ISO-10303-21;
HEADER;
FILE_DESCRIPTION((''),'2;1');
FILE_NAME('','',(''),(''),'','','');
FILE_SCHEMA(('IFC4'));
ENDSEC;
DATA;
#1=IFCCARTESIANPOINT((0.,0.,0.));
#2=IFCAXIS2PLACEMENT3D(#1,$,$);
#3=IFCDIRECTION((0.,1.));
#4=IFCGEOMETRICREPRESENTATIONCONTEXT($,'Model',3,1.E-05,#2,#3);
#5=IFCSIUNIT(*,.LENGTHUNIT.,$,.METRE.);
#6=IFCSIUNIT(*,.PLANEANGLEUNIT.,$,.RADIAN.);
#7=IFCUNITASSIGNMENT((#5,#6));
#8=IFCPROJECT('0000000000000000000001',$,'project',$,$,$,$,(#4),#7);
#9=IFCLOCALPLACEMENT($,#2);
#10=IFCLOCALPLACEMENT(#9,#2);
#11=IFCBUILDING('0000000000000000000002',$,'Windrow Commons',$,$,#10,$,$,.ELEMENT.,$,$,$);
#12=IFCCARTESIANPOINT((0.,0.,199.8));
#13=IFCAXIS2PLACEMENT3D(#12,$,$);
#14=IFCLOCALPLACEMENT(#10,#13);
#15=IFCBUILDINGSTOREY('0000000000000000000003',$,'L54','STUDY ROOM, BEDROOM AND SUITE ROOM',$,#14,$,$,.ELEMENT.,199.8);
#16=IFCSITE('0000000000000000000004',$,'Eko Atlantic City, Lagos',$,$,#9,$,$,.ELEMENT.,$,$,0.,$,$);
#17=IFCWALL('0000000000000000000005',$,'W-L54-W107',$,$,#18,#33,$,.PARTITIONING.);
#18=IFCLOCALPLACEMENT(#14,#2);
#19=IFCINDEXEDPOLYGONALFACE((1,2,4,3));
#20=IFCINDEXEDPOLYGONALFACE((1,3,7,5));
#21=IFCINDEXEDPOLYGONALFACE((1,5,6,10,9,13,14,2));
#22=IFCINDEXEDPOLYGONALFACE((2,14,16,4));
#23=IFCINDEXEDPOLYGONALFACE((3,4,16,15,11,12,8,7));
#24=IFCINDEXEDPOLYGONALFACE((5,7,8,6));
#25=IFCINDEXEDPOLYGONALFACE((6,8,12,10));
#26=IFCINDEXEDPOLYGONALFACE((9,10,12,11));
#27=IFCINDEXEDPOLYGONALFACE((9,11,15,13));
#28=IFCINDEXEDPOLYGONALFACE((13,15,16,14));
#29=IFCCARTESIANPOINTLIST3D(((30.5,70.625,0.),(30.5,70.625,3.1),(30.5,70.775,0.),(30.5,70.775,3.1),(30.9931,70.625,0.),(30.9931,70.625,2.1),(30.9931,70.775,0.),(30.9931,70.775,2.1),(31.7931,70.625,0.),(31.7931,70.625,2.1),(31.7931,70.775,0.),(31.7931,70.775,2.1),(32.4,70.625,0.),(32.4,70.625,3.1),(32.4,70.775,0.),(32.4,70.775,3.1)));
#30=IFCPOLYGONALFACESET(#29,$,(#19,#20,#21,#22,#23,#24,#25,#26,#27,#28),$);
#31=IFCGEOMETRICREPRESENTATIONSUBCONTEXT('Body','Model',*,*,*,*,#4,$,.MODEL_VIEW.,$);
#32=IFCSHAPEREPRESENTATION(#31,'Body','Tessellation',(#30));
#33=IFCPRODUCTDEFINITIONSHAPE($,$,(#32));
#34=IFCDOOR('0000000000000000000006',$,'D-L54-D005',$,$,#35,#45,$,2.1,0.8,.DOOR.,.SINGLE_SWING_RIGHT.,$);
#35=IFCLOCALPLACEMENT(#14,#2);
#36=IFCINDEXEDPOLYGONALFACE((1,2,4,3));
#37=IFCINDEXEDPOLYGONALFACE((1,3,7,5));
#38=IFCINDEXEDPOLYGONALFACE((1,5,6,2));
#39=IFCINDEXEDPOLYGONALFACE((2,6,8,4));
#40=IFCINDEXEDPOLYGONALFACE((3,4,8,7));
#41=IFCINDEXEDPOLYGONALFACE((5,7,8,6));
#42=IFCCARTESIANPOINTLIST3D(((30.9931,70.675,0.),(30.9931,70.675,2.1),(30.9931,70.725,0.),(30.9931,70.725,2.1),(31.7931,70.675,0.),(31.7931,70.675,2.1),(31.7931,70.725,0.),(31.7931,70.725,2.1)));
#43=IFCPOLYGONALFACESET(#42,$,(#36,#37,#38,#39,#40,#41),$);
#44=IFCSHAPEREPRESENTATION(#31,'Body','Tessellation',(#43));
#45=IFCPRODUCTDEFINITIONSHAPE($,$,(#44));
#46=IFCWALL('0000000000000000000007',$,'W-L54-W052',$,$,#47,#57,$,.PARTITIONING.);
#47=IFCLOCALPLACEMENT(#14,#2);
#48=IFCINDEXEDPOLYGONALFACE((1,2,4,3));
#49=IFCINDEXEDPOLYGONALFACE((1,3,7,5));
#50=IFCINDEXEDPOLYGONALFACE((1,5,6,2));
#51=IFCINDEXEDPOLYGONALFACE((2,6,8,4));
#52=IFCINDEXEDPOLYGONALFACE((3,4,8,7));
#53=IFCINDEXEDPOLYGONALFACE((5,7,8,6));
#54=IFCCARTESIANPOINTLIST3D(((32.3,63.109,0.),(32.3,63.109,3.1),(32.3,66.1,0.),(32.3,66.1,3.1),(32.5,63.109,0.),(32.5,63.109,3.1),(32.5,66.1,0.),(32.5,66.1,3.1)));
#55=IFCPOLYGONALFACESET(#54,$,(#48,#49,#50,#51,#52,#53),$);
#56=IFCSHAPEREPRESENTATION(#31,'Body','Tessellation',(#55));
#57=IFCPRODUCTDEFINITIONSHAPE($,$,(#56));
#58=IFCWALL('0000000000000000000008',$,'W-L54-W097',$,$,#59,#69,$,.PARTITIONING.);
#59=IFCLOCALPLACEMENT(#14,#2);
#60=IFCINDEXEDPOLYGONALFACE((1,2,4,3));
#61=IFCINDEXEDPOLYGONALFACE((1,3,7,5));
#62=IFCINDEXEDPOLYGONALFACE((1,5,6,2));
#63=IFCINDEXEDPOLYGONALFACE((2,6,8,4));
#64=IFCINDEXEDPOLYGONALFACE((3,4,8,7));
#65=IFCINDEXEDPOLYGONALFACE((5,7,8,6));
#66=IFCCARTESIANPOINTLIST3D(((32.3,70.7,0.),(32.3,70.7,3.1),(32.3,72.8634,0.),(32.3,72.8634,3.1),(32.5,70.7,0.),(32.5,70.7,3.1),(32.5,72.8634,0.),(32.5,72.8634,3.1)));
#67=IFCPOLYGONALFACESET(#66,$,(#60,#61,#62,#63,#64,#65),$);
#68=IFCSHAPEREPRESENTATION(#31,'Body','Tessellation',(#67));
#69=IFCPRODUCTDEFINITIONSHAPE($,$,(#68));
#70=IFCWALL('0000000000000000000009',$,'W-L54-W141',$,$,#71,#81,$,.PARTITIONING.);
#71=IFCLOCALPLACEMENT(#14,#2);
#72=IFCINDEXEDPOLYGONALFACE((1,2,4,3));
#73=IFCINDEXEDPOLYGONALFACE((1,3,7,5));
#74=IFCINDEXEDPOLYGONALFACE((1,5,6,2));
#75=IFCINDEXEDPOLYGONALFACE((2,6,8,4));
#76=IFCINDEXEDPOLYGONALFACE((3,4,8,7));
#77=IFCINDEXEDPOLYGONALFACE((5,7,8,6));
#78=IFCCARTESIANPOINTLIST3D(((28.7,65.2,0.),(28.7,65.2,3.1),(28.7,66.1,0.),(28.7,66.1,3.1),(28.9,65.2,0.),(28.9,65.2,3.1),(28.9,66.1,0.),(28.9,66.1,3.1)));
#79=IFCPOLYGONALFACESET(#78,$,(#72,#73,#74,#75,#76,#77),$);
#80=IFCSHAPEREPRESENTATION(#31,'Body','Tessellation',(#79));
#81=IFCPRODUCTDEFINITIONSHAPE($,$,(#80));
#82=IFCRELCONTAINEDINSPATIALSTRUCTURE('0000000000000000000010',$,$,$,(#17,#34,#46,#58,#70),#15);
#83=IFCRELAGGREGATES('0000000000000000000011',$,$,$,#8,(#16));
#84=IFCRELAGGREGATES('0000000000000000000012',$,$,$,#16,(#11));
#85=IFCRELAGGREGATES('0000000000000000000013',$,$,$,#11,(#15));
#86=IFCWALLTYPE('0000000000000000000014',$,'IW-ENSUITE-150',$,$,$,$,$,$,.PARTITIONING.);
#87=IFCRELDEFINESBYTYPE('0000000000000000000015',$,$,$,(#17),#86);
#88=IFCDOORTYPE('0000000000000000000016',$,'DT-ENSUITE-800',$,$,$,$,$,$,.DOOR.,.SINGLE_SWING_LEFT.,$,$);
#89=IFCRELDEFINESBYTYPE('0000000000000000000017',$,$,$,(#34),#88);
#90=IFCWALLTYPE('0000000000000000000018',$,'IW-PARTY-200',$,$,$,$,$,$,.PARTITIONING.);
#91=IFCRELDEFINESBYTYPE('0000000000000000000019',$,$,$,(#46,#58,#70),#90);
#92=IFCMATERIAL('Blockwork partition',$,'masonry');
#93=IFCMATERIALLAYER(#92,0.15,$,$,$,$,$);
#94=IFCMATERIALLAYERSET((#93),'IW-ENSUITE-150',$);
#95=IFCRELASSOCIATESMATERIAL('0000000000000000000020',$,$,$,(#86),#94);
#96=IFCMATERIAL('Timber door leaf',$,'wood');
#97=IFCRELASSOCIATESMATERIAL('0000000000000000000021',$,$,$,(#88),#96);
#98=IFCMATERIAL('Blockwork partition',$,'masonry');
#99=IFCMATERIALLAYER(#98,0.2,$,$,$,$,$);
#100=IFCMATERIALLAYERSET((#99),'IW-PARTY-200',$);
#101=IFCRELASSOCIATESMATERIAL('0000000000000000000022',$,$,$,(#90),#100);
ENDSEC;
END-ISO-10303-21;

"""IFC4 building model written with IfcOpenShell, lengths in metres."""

from ifc_helpers import new_model, si_unit, direction, frame, frame_2d, origin, place, context, subcontext, project, spatial, rectangle, extrude, material, layer, layer_set, type_object, element, fill, save


model = new_model("IFC4")

# Units and contexts
model_context = context("Model", 3, precision=1e-05, world=origin(), true_north=direction((0.0, 1.0)))
body_context = subcontext(model_context, "Body", "Model", "MODEL_VIEW")
ifc_project = project(units=[si_unit("LENGTHUNIT", "METRE"), si_unit("PLANEANGLEUNIT", "RADIAN")], contexts=[model_context])

# Site, building, storey
site_placement = place(None, origin())
site = spatial("IfcSite", under=ifc_project, at=site_placement, Name="Eko Atlantic City, Lagos", CompositionType="ELEMENT", RefElevation=0.0)
building_placement = place(site_placement, origin())
building = spatial("IfcBuilding", under=site, at=building_placement, Name="Windrow Commons", CompositionType="ELEMENT")
storey_placement = place(building_placement, frame((0.0, 0.0, 199.8)))
storey = spatial("IfcBuildingStorey", under=building, at=storey_placement, Name="L54", Description="STUDY ROOM, BEDROOM AND SUITE ROOM", CompositionType="ELEMENT", Elevation=199.8)

# Shared definitions
ifc_material_1 = material(Name="Blockwork partition", Category="masonry")
ifc_layer_1 = layer(ifc_material_1, 0.15)
ifc_layer_set_1 = layer_set([ifc_layer_1], Name="IW-ENSUITE-150")
wall_type_1 = type_object("IfcWallType", Name="IW-ENSUITE-150", PredefinedType="PARTITIONING", material=ifc_layer_set_1)

# Wall, opening, door
wall_1_placement = place(storey_placement, frame((30.5, 70.7, 0.0), z_axis=(0.0, 0.0, 1.0), x_axis=(1.0, 0.0, 0.0)))
wall_1 = element("IfcWall", 1, at=wall_1_placement, inside=storey, type_object=wall_type_1, Name="W-L54-W107", PredefinedType="PARTITIONING", context=body_context, shape_type="SweptSolid", body=[
    extrude(rectangle(XDim=1.9, YDim=0.15, at=frame_2d((0.95, 0.0))), origin(), (0.0, 0.0, 1.0), 3.1),
])
opening_1_placement = place(wall_1_placement, frame((0.4931, 0.0, 0.0)))
opening_1 = element("IfcOpeningElement", 2, at=opening_1_placement, cuts=wall_1, PredefinedType="OPENING", context=body_context, shape_type="SweptSolid", body=[
    extrude(rectangle(XDim=0.8, YDim=2.1, at=frame_2d((0.4, 1.05))), frame((0.0, 0.085, 0.0), z_axis=(0.0, -1.0, 0.0), x_axis=(1.0, 0.0, 0.0)), (0.0, 0.0, 1.0), 0.17),
])
ifc_material_2 = material(Name="Timber door leaf", Category="wood")
door_type = type_object("IfcDoorType", Name="DT-ENSUITE-800", OperationType="SINGLE_SWING_LEFT", PredefinedType="DOOR", material=ifc_material_2)
door_placement = place(opening_1_placement, origin())
door = element("IfcDoor", 3, at=door_placement, inside=storey, type_object=door_type, Name="D-L54-D005", OperationType="SINGLE_SWING_RIGHT", OverallHeight=2.1, OverallWidth=0.8, PredefinedType="DOOR", context=body_context, shape_type="SweptSolid", body=[
    extrude(rectangle(XDim=0.8, YDim=2.1, at=frame_2d((0.4, 1.05))), frame((0.0, 0.025, 0.0), z_axis=(0.0, -1.0, 0.0), x_axis=(1.0, 0.0, 0.0)), (0.0, 0.0, 1.0), 0.05),
])
fill(opening_1, door)

# Walls
ifc_material_3 = material(Name="Blockwork partition", Category="masonry")
ifc_layer_2 = layer(ifc_material_3, 0.2)
ifc_layer_set_2 = layer_set([ifc_layer_2], Name="IW-PARTY-200")
wall_type_2 = type_object("IfcWallType", Name="IW-PARTY-200", PredefinedType="PARTITIONING", material=ifc_layer_set_2)
wall_2_placement = place(storey_placement, frame((32.4, 63.109, 0.0), z_axis=(0.0, 0.0, 1.0), x_axis=(0.0, 1.0, 0.0)))
element("IfcWall", 4, at=wall_2_placement, inside=storey, type_object=wall_type_2, Name="W-L54-W052", PredefinedType="PARTITIONING", context=body_context, shape_type="SweptSolid", body=[
    extrude(rectangle(XDim=2.991, YDim=0.2, at=frame_2d((1.4955, 0.0))), origin(), (0.0, 0.0, 1.0), 3.1),
])
wall_3_placement = place(storey_placement, frame((32.4, 70.7, 0.0), z_axis=(0.0, 0.0, 1.0), x_axis=(0.0, 1.0, 0.0)))
element("IfcWall", 5, at=wall_3_placement, inside=storey, type_object=wall_type_2, Name="W-L54-W097", PredefinedType="PARTITIONING", context=body_context, shape_type="SweptSolid", body=[
    extrude(rectangle(XDim=2.1633, YDim=0.2, at=frame_2d((1.0817, 0.0))), origin(), (0.0, 0.0, 1.0), 3.1),
])
wall_4_placement = place(storey_placement, frame((28.8, 65.2, 0.0), z_axis=(0.0, 0.0, 1.0), x_axis=(0.0, 1.0, 0.0)))
element("IfcWall", 6, at=wall_4_placement, inside=storey, type_object=wall_type_2, Name="W-L54-W141", PredefinedType="PARTITIONING", context=body_context, shape_type="SweptSolid", body=[
    extrude(rectangle(XDim=0.9, YDim=0.2, at=frame_2d((0.45, 0.0))), origin(), (0.0, 0.0, 1.0), 3.1),
])

save(model, "model.ifc")
